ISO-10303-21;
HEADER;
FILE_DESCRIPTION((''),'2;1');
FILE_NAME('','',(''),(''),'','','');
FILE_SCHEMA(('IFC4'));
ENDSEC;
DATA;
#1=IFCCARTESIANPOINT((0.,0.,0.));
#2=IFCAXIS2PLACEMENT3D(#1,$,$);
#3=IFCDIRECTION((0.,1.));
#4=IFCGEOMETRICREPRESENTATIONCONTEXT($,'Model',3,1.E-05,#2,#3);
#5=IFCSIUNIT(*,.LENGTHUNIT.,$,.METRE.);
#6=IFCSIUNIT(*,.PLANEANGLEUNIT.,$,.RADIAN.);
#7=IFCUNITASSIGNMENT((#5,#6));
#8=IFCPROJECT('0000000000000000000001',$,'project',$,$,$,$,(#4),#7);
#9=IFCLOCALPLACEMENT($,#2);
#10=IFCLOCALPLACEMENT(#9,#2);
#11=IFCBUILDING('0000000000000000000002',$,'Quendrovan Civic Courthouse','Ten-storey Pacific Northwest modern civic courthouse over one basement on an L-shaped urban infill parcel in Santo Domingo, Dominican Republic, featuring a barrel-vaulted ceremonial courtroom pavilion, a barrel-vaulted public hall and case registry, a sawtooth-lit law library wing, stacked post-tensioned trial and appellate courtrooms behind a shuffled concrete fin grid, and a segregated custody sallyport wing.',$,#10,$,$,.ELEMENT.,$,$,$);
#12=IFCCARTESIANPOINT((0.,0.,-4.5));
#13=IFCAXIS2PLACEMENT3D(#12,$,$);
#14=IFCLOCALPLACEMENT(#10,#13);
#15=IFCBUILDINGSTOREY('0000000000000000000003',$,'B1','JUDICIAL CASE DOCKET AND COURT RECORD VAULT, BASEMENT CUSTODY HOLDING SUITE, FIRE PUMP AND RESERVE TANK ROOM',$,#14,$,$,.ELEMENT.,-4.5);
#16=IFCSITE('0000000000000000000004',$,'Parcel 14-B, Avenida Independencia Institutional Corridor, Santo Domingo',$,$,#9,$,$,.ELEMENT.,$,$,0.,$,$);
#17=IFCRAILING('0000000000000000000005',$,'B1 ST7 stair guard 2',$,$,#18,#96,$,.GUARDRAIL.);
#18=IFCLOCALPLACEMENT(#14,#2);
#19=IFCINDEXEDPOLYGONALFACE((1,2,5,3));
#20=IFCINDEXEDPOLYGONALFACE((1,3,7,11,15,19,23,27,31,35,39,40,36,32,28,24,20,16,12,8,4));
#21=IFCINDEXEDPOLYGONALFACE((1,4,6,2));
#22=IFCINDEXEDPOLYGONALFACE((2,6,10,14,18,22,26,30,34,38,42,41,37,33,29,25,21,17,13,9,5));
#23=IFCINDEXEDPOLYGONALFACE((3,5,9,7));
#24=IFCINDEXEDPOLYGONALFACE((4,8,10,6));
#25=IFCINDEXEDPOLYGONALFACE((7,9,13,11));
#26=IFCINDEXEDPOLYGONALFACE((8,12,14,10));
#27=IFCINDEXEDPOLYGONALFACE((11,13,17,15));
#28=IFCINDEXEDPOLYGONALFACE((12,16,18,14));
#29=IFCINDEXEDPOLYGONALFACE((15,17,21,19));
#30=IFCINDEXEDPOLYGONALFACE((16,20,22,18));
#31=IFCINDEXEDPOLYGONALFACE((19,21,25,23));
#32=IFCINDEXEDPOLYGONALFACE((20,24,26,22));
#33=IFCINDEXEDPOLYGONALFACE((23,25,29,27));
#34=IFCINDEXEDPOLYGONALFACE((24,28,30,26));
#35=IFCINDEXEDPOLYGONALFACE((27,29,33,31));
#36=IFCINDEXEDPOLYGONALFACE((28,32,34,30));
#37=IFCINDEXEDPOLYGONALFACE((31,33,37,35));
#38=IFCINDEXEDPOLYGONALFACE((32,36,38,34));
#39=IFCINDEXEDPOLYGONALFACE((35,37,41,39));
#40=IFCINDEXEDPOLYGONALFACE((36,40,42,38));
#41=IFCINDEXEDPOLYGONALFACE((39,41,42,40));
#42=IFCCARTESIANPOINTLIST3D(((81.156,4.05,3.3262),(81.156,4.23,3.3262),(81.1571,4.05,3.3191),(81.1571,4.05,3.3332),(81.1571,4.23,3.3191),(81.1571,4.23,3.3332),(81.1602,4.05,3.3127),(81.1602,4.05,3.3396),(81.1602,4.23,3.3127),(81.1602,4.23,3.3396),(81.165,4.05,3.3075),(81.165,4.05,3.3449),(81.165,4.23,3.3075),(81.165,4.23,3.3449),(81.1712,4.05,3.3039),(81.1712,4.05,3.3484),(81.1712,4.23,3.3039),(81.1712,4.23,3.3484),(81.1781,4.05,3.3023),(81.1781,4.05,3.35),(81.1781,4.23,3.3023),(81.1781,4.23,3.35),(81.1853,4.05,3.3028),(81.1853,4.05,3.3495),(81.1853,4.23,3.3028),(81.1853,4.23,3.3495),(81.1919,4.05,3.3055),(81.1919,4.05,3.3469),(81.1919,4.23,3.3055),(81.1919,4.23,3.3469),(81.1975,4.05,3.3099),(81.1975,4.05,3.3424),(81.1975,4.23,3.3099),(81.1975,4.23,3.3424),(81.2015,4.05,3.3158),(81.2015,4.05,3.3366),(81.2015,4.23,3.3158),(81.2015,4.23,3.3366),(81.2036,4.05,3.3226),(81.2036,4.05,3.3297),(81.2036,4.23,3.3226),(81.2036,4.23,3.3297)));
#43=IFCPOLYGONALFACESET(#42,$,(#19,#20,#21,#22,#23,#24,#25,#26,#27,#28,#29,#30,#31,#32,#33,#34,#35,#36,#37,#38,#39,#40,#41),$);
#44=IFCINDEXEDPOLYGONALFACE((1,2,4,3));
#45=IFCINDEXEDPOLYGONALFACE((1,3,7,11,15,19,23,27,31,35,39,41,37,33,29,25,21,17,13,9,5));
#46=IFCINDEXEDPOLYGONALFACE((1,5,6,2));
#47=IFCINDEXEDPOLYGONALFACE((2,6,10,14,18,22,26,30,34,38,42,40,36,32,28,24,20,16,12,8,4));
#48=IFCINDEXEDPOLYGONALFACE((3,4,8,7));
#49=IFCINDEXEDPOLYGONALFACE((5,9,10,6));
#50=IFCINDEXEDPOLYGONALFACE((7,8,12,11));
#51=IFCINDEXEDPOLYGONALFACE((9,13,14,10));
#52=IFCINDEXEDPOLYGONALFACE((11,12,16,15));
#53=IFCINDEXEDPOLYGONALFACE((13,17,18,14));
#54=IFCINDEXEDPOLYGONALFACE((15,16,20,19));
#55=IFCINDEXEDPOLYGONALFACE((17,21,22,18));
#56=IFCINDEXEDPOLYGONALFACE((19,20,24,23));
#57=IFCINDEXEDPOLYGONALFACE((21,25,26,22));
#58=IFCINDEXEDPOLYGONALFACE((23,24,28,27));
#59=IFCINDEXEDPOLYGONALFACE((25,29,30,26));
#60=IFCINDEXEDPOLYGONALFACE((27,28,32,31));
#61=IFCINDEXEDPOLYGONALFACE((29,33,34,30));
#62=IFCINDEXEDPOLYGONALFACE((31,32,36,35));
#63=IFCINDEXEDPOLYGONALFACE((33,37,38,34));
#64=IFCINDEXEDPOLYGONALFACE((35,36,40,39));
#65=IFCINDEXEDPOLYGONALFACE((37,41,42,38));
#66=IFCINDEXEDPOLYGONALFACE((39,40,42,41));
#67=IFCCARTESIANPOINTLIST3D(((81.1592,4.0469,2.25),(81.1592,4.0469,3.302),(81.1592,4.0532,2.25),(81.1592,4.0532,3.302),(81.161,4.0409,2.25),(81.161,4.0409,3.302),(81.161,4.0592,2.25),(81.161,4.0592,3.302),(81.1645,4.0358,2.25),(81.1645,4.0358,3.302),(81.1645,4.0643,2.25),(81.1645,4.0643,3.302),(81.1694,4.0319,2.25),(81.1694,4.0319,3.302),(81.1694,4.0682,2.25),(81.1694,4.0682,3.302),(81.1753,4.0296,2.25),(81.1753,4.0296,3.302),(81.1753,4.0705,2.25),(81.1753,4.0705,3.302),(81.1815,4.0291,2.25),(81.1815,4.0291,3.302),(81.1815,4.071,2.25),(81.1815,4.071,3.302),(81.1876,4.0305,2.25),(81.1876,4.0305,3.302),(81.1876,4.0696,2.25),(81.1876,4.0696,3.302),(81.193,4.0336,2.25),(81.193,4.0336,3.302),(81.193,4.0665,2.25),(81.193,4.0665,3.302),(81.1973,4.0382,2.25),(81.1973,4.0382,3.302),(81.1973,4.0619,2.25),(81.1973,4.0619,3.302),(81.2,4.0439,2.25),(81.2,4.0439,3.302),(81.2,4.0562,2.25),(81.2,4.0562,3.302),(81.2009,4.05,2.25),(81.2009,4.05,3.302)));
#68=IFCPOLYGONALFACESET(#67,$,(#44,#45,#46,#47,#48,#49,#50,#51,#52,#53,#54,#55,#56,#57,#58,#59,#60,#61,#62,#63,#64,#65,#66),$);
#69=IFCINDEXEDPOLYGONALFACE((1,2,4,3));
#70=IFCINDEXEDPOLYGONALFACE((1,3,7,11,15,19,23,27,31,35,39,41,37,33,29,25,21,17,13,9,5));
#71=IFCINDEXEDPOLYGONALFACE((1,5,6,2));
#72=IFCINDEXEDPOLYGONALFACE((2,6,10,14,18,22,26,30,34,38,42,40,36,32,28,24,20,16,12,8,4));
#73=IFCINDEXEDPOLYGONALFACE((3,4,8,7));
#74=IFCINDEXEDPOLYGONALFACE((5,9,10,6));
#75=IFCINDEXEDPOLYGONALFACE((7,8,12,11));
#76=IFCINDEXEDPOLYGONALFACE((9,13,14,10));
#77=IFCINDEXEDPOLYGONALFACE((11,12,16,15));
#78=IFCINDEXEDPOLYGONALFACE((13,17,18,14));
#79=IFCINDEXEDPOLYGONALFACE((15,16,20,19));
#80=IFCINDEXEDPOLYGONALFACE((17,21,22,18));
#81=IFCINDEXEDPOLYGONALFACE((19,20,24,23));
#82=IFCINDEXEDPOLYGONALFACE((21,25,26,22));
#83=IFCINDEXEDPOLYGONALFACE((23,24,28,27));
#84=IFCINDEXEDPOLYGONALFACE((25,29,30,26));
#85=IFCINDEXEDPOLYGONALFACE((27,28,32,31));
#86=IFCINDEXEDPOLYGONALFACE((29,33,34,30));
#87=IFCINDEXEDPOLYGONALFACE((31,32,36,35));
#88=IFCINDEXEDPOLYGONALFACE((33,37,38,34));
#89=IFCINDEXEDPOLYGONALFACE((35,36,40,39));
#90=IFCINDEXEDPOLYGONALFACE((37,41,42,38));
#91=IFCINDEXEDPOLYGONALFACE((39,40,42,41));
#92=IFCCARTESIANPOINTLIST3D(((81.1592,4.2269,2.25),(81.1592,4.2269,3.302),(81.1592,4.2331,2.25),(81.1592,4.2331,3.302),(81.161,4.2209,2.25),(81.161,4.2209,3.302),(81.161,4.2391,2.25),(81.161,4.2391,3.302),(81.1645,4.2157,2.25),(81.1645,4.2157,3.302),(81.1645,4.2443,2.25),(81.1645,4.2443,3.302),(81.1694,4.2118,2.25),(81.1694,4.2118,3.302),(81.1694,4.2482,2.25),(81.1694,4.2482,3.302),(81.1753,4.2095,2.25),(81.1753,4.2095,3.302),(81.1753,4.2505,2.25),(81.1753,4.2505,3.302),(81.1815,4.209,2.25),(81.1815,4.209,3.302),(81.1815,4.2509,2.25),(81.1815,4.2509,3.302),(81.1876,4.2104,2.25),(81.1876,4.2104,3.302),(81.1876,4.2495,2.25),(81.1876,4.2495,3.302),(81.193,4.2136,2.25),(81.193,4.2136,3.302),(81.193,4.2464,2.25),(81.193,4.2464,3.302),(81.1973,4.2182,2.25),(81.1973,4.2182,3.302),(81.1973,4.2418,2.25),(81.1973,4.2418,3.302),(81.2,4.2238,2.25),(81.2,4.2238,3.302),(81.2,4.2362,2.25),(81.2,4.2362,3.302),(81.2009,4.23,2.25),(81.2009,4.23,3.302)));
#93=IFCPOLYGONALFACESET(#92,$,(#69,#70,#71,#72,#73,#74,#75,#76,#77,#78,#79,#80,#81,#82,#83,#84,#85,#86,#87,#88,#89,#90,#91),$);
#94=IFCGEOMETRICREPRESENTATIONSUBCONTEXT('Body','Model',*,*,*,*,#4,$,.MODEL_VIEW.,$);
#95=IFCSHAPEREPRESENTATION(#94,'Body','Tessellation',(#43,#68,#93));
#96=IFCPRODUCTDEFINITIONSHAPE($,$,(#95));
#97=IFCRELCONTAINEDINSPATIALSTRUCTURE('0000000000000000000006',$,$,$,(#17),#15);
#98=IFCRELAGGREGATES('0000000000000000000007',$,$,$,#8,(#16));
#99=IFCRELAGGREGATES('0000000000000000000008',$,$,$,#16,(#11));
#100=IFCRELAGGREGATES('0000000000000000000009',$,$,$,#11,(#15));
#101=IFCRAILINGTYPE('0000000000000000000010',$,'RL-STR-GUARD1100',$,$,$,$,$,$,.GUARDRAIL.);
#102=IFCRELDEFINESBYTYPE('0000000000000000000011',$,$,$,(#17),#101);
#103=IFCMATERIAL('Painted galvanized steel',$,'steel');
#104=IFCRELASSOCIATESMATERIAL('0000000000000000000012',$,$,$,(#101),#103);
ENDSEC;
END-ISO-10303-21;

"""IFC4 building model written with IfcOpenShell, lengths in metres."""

from ifc_helpers import new_model, si_unit, direction, frame, origin, origin_2d, place, context, subcontext, project, spatial, circle, extrude, material, type_object, element, save


model = new_model("IFC4")

# Units and contexts
model_context = context("Model", 3, precision=1e-05, world=origin(), true_north=direction((0.0, 1.0)))
body_context = subcontext(model_context, "Body", "Model", "MODEL_VIEW")
ifc_project = project(units=[si_unit("LENGTHUNIT", "METRE"), si_unit("PLANEANGLEUNIT", "RADIAN")], contexts=[model_context])

# Site, building, storey
site_placement = place(None, origin())
site = spatial("IfcSite", under=ifc_project, at=site_placement, Name="Parcel 14-B, Avenida Independencia Institutional Corridor, Santo Domingo", CompositionType="ELEMENT", RefElevation=0.0)
building_placement = place(site_placement, origin())
building = spatial("IfcBuilding", under=site, at=building_placement, Name="Quendrovan Civic Courthouse", Description="Ten-storey Pacific Northwest modern civic courthouse over one basement on an L-shaped urban infill parcel in Santo Domingo, Dominican Republic, featuring a barrel-vaulted ceremonial courtroom pavilion, a barrel-vaulted public hall and case registry, a sawtooth-lit law library wing, stacked post-tensioned trial and appellate courtrooms behind a shuffled concrete fin grid, and a segregated custody sallyport wing.", CompositionType="ELEMENT")
storey_placement = place(building_placement, frame((0.0, 0.0, -4.5)))
storey = spatial("IfcBuildingStorey", under=building, at=storey_placement, Name="B1", Description="JUDICIAL CASE DOCKET AND COURT RECORD VAULT, BASEMENT CUSTODY HOLDING SUITE, FIRE PUMP AND RESERVE TANK ROOM", CompositionType="ELEMENT", Elevation=-4.5)

# Railing
ifc_material_1 = material(Name="Painted galvanized steel", Category="steel")
railing_type_1 = type_object("IfcRailingType", Name="RL-STR-GUARD1100", PredefinedType="GUARDRAIL", material=ifc_material_1)
railing_1_placement = place(storey_placement, frame((81.1799, 4.05, 2.25)))
element("IfcRailing", 1, at=railing_1_placement, inside=storey, type_object=railing_type_1, Name="B1 ST7 stair guard 2", PredefinedType="GUARDRAIL", context=body_context, shape_type="SweptSolid", body=[
    extrude(circle(Radius=0.0239, at=origin_2d()), frame((0.0, 0.0, 1.0762), z_axis=(0.0, 1.0, 0.0), x_axis=(-1.0, 0.0, 0.0)), (0.0, 0.0, 1.0), 0.1799),
    extrude(circle(Radius=0.021, at=origin_2d()), origin(), (0.0, 0.0, 1.0), 1.052),
    extrude(circle(Radius=0.021, at=origin_2d()), frame((0.0, 0.1799, 0.0)), (0.0, 0.0, 1.0), 1.052),
])

save(model, "model.ifc")
